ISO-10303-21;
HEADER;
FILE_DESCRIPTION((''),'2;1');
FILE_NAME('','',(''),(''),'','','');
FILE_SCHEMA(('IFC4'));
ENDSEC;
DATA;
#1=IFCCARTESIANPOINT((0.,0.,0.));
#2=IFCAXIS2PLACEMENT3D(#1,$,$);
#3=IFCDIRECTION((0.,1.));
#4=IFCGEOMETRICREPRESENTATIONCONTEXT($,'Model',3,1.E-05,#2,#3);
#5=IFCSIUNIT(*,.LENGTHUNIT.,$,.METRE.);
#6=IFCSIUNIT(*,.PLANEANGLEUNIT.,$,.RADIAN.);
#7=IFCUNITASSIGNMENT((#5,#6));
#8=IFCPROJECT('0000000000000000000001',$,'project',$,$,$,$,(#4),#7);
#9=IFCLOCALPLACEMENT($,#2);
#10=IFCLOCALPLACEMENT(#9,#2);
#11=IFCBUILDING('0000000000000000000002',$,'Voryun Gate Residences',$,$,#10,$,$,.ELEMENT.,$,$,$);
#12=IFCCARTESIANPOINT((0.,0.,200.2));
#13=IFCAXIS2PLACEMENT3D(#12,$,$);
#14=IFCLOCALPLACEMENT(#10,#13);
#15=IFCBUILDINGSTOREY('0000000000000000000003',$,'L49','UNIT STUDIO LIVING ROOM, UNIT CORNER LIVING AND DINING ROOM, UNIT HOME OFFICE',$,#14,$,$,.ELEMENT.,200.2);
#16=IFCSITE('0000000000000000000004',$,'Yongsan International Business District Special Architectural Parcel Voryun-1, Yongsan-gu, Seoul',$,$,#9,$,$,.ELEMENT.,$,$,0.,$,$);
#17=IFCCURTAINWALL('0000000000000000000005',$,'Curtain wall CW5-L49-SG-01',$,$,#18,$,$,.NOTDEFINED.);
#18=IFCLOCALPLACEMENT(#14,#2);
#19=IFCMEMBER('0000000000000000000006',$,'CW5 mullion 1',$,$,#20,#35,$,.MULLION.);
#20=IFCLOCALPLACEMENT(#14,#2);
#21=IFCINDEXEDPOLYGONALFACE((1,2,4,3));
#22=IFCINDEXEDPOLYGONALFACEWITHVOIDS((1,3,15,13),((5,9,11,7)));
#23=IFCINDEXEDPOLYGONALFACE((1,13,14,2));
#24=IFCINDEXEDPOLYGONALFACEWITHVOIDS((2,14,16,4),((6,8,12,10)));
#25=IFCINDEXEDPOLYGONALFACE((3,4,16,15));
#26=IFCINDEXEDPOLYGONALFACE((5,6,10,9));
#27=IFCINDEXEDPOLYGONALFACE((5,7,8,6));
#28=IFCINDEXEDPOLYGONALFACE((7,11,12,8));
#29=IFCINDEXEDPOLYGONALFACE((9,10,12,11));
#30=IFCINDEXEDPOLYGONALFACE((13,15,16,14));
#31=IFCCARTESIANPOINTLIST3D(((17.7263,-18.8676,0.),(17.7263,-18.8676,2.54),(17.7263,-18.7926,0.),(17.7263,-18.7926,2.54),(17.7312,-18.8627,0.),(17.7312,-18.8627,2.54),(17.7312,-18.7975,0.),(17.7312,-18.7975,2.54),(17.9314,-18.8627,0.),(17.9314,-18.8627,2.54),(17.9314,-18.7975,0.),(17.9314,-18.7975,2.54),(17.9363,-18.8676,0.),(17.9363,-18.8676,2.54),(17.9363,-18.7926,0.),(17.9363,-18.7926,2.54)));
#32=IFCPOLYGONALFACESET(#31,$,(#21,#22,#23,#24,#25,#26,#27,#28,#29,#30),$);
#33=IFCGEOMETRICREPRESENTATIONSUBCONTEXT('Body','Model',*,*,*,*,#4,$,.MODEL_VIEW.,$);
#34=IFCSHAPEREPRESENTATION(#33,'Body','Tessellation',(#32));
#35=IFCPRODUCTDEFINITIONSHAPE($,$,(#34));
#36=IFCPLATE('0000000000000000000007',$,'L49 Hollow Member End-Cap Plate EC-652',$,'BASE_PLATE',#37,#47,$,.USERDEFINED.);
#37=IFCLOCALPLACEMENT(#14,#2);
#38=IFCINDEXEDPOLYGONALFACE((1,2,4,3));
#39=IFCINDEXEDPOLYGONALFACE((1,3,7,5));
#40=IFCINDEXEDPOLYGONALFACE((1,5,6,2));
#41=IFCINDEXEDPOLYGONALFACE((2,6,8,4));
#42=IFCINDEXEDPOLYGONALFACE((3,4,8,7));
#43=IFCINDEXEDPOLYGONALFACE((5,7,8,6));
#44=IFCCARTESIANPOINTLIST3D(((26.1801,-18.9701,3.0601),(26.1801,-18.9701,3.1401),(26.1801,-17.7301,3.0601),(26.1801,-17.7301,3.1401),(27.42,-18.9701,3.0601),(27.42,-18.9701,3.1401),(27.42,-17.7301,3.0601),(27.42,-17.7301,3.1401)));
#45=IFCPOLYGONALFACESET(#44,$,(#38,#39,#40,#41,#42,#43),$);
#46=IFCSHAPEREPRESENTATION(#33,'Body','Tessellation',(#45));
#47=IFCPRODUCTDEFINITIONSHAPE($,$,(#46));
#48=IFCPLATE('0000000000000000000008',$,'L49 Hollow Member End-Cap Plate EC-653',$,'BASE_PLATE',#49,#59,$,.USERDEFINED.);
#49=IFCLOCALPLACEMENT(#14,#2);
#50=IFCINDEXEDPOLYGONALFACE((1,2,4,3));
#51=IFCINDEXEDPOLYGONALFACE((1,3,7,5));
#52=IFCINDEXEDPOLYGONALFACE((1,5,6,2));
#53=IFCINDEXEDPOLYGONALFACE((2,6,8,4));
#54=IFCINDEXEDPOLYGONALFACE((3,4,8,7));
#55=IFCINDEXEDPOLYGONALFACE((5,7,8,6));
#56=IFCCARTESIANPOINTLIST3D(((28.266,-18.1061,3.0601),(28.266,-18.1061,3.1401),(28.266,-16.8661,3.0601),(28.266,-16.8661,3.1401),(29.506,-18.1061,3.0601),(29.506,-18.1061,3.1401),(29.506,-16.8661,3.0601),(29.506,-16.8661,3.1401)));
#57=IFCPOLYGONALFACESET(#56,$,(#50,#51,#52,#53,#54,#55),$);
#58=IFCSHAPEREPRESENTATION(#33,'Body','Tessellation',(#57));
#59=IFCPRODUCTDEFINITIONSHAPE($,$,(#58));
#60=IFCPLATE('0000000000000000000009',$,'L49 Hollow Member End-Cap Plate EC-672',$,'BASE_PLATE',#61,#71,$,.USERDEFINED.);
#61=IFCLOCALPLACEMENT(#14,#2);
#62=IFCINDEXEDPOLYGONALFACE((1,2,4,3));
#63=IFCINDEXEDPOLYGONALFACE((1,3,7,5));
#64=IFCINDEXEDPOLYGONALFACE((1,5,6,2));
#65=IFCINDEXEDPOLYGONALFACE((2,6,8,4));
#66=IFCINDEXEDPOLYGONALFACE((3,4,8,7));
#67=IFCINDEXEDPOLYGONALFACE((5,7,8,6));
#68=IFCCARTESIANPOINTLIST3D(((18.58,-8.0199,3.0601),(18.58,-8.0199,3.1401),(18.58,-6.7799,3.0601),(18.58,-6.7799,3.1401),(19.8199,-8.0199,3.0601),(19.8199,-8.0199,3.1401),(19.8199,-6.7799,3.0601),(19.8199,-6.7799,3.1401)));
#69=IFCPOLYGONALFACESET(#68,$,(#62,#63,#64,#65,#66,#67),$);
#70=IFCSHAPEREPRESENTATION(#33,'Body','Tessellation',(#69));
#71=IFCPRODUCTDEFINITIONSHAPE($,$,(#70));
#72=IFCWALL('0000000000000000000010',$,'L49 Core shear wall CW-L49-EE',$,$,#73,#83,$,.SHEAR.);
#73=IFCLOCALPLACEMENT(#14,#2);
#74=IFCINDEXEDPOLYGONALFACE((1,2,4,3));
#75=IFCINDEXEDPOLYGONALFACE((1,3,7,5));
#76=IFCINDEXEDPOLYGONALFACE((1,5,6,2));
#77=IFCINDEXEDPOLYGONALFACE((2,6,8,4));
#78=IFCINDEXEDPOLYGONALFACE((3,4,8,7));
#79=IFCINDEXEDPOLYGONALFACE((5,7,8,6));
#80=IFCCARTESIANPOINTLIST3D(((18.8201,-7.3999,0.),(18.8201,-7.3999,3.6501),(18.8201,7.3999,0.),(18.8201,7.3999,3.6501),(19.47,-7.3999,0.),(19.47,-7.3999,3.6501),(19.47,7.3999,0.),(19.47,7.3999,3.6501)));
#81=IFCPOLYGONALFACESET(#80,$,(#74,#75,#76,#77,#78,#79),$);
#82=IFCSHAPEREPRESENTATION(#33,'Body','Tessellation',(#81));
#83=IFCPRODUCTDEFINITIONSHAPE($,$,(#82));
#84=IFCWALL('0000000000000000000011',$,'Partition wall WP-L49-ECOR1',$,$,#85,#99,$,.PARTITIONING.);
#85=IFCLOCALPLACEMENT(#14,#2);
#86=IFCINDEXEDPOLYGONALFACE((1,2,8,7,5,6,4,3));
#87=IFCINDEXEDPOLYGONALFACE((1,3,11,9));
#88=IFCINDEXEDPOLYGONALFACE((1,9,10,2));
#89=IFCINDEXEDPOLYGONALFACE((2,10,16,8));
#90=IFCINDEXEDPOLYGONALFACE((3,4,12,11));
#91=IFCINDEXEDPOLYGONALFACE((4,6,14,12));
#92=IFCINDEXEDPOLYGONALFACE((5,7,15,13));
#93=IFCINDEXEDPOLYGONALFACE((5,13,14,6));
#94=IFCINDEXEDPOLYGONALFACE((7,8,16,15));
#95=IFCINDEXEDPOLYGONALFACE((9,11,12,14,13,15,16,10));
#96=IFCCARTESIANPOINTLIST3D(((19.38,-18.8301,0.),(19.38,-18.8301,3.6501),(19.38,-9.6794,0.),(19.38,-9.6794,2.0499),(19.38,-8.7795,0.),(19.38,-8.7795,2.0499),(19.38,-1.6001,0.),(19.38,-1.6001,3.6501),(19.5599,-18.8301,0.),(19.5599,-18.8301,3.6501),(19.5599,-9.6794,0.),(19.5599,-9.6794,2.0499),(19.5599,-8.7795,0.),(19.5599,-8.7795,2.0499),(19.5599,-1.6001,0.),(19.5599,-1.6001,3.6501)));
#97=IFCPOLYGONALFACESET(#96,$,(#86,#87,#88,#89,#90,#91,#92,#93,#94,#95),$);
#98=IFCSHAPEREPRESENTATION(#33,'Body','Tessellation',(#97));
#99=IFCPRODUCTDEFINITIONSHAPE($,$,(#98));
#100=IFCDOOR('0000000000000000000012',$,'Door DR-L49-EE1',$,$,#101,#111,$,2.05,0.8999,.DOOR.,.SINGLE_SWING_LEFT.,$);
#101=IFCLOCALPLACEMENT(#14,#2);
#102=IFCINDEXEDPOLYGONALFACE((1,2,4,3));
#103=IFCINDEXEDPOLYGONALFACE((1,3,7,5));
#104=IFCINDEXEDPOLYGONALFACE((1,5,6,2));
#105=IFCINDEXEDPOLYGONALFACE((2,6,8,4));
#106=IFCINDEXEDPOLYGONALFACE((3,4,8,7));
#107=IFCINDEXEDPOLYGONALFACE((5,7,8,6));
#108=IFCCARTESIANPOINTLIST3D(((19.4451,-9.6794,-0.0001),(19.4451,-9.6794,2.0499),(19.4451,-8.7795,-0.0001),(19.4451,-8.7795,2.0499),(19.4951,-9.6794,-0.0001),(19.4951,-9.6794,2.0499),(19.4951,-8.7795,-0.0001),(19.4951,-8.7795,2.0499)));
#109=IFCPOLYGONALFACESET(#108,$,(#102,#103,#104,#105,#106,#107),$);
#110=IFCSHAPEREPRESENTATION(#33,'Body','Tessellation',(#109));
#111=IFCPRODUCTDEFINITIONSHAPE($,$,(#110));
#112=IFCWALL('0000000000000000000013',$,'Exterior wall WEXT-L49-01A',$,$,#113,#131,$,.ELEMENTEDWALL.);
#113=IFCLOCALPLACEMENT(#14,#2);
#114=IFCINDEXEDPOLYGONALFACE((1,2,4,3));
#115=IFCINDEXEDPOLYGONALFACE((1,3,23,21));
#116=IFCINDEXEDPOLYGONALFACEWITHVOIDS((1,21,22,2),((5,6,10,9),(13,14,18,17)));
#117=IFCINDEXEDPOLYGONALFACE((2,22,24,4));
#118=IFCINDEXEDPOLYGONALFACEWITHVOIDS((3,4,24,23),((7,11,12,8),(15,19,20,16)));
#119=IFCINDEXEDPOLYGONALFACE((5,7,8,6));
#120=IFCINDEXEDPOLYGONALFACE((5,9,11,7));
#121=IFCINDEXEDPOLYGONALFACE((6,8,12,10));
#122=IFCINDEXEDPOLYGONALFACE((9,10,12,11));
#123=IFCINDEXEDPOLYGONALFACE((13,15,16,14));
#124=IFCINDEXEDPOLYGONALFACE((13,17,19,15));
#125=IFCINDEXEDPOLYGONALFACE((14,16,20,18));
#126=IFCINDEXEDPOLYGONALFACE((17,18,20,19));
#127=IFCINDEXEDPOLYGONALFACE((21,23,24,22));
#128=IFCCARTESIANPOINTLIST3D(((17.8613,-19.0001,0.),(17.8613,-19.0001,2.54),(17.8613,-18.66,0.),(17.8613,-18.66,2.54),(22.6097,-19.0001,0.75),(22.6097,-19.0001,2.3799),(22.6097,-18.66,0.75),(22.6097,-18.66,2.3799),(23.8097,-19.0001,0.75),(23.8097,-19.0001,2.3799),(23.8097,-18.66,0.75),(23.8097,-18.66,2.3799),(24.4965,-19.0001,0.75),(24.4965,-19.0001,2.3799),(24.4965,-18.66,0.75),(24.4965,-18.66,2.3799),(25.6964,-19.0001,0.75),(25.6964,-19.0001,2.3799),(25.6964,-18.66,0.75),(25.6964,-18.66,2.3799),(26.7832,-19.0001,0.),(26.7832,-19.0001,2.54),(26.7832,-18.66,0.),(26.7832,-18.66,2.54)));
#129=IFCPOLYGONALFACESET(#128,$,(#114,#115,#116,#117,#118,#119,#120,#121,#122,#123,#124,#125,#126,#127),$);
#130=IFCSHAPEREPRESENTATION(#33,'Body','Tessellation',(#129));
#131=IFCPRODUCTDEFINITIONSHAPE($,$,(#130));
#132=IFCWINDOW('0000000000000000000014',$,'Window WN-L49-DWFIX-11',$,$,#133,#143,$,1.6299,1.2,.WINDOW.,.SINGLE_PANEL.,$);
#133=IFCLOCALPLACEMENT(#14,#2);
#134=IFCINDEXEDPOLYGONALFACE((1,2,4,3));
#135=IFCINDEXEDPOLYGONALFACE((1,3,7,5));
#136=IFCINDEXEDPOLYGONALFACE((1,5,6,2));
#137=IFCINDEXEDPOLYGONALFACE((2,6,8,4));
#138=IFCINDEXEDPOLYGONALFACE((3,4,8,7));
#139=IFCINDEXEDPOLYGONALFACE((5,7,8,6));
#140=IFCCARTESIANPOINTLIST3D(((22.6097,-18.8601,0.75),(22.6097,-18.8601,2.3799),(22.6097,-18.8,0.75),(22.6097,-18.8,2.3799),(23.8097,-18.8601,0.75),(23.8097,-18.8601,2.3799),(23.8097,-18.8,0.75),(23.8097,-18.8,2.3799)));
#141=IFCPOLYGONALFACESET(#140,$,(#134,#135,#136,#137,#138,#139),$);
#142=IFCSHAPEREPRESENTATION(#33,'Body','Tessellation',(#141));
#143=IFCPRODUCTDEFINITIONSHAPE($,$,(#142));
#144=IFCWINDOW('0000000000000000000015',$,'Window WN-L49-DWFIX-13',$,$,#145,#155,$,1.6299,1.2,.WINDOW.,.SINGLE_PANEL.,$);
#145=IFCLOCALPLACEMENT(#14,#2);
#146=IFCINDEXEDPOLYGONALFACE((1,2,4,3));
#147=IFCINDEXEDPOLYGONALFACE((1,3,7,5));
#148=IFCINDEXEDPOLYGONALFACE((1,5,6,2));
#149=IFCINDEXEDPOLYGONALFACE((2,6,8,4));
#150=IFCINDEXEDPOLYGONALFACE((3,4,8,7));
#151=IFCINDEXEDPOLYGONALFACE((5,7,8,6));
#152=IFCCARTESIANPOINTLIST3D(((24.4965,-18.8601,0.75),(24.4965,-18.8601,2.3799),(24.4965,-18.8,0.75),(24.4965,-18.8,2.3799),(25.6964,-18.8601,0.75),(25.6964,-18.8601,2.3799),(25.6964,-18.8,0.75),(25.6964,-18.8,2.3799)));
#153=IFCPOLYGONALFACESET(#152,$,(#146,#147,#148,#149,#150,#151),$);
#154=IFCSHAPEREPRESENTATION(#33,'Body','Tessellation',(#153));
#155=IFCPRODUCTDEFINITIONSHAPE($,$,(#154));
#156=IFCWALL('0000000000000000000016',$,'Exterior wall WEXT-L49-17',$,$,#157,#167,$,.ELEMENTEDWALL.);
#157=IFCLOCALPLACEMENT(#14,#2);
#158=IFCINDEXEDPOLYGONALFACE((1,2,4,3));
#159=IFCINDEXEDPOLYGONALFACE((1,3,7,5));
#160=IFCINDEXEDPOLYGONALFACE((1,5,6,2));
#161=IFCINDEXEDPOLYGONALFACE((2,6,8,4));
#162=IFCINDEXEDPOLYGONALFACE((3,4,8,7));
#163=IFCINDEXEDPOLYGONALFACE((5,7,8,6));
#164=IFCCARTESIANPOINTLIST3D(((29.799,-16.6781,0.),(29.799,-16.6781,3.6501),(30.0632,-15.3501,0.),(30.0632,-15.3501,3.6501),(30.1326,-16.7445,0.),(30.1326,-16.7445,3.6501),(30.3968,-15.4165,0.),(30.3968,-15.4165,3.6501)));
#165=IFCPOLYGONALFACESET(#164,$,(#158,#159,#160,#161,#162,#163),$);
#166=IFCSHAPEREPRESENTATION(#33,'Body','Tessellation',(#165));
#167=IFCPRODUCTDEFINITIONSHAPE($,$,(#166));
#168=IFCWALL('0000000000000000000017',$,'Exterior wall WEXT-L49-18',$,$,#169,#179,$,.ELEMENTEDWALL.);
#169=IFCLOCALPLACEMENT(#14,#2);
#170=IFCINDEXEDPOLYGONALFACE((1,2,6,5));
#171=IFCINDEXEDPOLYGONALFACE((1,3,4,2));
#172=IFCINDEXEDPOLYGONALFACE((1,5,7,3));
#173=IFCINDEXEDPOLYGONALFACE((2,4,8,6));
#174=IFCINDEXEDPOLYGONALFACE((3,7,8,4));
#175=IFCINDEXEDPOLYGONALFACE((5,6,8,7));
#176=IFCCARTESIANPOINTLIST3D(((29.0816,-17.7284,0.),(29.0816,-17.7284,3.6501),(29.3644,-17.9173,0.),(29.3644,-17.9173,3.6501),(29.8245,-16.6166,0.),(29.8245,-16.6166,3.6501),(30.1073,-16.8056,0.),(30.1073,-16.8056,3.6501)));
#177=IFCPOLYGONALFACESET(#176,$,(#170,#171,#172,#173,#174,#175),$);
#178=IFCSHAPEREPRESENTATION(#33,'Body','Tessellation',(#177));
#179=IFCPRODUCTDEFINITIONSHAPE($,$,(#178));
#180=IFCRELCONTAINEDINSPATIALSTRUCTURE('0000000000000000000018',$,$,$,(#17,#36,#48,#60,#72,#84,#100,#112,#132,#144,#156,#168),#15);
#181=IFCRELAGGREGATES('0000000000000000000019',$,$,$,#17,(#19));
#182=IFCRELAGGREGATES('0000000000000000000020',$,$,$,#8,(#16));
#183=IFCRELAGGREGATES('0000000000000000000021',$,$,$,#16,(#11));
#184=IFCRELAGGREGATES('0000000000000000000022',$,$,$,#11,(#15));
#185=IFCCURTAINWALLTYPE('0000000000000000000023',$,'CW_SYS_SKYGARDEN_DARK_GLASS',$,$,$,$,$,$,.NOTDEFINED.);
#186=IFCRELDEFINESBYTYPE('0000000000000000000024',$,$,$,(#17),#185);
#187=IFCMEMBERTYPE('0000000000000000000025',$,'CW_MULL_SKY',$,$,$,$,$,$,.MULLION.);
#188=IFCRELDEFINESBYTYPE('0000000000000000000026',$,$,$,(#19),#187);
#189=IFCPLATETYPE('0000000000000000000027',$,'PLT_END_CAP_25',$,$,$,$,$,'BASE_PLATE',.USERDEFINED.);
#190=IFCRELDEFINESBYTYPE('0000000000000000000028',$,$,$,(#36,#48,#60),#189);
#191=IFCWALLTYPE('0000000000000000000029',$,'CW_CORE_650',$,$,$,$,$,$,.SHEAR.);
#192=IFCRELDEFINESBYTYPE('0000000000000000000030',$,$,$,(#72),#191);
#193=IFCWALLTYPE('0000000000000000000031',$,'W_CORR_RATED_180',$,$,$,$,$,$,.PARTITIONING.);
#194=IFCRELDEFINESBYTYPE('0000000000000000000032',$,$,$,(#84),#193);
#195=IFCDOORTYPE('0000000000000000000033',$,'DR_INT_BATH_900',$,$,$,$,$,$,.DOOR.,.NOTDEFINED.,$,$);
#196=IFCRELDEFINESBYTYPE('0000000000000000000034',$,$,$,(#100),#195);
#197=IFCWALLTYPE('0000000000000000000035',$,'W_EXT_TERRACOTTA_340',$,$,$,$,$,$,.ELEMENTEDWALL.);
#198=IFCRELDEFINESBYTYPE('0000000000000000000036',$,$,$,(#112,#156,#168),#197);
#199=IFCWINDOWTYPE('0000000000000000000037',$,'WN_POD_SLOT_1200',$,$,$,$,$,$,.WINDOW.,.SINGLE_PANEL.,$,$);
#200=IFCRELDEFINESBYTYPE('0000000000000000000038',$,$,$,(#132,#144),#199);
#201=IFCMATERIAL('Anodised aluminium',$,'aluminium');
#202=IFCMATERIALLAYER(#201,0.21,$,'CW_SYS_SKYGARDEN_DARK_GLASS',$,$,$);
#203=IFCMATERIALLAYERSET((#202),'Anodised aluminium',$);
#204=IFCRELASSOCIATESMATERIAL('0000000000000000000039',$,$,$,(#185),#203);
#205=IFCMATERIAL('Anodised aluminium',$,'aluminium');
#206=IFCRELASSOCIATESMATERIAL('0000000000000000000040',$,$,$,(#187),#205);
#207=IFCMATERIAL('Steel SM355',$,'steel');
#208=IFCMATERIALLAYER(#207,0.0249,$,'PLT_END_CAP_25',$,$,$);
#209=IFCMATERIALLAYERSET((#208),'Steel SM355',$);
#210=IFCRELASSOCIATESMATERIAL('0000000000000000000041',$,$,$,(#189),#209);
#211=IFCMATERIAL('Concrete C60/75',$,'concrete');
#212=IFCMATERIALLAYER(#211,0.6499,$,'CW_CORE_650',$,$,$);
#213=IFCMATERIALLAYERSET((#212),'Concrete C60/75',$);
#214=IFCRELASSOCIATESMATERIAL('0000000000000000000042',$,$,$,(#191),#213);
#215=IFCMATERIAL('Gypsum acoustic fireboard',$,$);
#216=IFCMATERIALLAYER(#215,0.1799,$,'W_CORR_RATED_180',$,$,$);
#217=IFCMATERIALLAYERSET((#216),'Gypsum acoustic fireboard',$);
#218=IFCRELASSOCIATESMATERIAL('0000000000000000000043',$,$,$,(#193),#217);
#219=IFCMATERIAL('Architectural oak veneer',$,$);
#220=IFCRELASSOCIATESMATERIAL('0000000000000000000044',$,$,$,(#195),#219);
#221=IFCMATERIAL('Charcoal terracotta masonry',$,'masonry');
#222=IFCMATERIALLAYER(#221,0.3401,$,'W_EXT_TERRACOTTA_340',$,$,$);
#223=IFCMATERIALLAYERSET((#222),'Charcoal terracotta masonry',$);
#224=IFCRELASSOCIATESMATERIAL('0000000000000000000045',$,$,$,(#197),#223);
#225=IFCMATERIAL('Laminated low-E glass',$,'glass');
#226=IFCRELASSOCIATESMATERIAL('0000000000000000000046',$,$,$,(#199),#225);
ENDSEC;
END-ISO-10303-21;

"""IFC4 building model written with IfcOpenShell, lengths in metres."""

from ifc_helpers import new_model, si_unit, direction, frame, frame_2d, origin, origin_2d, place, context, subcontext, project, spatial, rectangle, hollow_rectangle, extrude, material, layer, layer_set, material_profile, profile_set, type_object, element, fill, aggregate, save


model = new_model("IFC4")

# Units and contexts
model_context = context("Model", 3, precision=1e-05, world=origin(), true_north=direction((0.0, 1.0)))
body_context = subcontext(model_context, "Body", "Model", "MODEL_VIEW")
ifc_project = project(units=[si_unit("LENGTHUNIT", "METRE"), si_unit("PLANEANGLEUNIT", "RADIAN")], contexts=[model_context])

# Site, building, storey
site_placement = place(None, origin())
site = spatial("IfcSite", under=ifc_project, at=site_placement, Name="Yongsan International Business District Special Architectural Parcel Voryun-1, Yongsan-gu, Seoul", CompositionType="ELEMENT", RefElevation=0.0)
building_placement = place(site_placement, origin())
building = spatial("IfcBuilding", under=site, at=building_placement, Name="Voryun Gate Residences", CompositionType="ELEMENT")
storey_placement = place(building_placement, frame((0.0, 0.0, 200.2)))
storey = spatial("IfcBuildingStorey", under=building, at=storey_placement, Name="L49", Description="UNIT STUDIO LIVING ROOM, UNIT CORNER LIVING AND DINING ROOM, UNIT HOME OFFICE", CompositionType="ELEMENT", Elevation=200.2)

# Curtain wall, member
ifc_material_1 = material(Name="Anodised aluminium", Category="aluminium")
ifc_layer_1 = layer(ifc_material_1, 0.21, Name="CW_SYS_SKYGARDEN_DARK_GLASS")
ifc_layer_set_1 = layer_set([ifc_layer_1], Name="Anodised aluminium")
curtain_wall_type = type_object("IfcCurtainWallType", Name="CW_SYS_SKYGARDEN_DARK_GLASS", PredefinedType="NOTDEFINED", material=ifc_layer_set_1)
curtain_wall_placement = place(storey_placement, origin())
curtain_wall = element("IfcCurtainWall", 1, at=curtain_wall_placement, inside=storey, type_object=curtain_wall_type, Name="Curtain wall CW5-L49-SG-01", PredefinedType="NOTDEFINED")
ifc_material_2 = material(Name="Anodised aluminium", Category="aluminium")
ifc_material_profile_1 = material_profile(ifc_material_2, hollow_rectangle(XDim=0.075, YDim=0.21, WallThickness=0.0049, at=origin_2d()), Name="ALU-MULL-210x75x5")
ifc_profile_set_1 = profile_set([ifc_material_profile_1], Name="Anodised aluminium")
member_type = type_object("IfcMemberType", Name="CW_MULL_SKY", PredefinedType="MULLION", material=ifc_profile_set_1)
member_placement = place(storey_placement, frame((17.8313, -18.8301, 0.0), z_axis=(0.0, 0.0, 1.0), x_axis=(0.0, -1.0, 0.0)))
member = element("IfcMember", 2, at=member_placement, type_object=member_type, Name="CW5 mullion 1", PredefinedType="MULLION", context=body_context, shape_type="SweptSolid", body=[
    extrude(hollow_rectangle(XDim=0.075, YDim=0.21, WallThickness=0.0049, at=origin_2d()), origin(), (0.0, 0.0, 1.0), 2.54),
])
aggregate(curtain_wall, [member])

# Plates
ifc_material_3 = material(Name="Steel SM355", Category="steel")
ifc_layer_2 = layer(ifc_material_3, 0.0249, Name="PLT_END_CAP_25")
ifc_layer_set_2 = layer_set([ifc_layer_2], Name="Steel SM355")
plate_type = type_object("IfcPlateType", Name="PLT_END_CAP_25", ElementType="BASE_PLATE", PredefinedType="USERDEFINED", material=ifc_layer_set_2)
for number, where, z_axis, x_axis, name in (
    (3, (26.8, -18.3501, 3.0601), (0.0, 0.0, 1.0), (1.0, 0.0, 0.0), "L49 Hollow Member End-Cap Plate EC-652"),
    (4, (28.886, -17.4861, 3.0601), (0.0, 0.0, 1.0), (1.0, 0.0, 0.0), "L49 Hollow Member End-Cap Plate EC-653"),
    (5, (19.2, -7.3999, 3.0601), (0.0, 0.0, 1.0), (1.0, 0.0, 0.0), "L49 Hollow Member End-Cap Plate EC-672"),
):
    element("IfcPlate", number, at=place(storey_placement, frame(where, z_axis=z_axis, x_axis=x_axis)), inside=storey, type_object=plate_type, Name=name, ObjectType="BASE_PLATE", PredefinedType="USERDEFINED", context=body_context, shape_type="SweptSolid", body=[
        extrude(rectangle(XDim=1.24, YDim=1.24, at=origin_2d()), origin(), (0.0, 0.0, 1.0), 0.0801),
    ])

# Wall
ifc_material_4 = material(Name="Concrete C60/75", Category="concrete")
ifc_layer_3 = layer(ifc_material_4, 0.6499, Name="CW_CORE_650")
ifc_layer_set_3 = layer_set([ifc_layer_3], Name="Concrete C60/75")
wall_type_1 = type_object("IfcWallType", Name="CW_CORE_650", PredefinedType="SHEAR", material=ifc_layer_set_3)
wall_1_placement = place(storey_placement, frame((19.145, -7.3999, 0.0), z_axis=(0.0, 0.0, 1.0), x_axis=(0.0, 1.0, 0.0)))
element("IfcWall", 6, at=wall_1_placement, inside=storey, type_object=wall_type_1, Name="L49 Core shear wall CW-L49-EE", PredefinedType="SHEAR", context=body_context, shape_type="SweptSolid", body=[
    extrude(rectangle(XDim=14.7998, YDim=0.6499, at=frame_2d((7.3999, 0.0))), origin(), (0.0, 0.0, 1.0), 3.6501),
])

# Wall, opening, door
ifc_material_5 = material(Name="Gypsum acoustic fireboard")
ifc_layer_4 = layer(ifc_material_5, 0.1799, Name="W_CORR_RATED_180")
ifc_layer_set_4 = layer_set([ifc_layer_4], Name="Gypsum acoustic fireboard")
wall_type_2 = type_object("IfcWallType", Name="W_CORR_RATED_180", PredefinedType="PARTITIONING", material=ifc_layer_set_4)
wall_2_placement = place(storey_placement, frame((19.47, -18.8301, 0.0), z_axis=(0.0, 0.0, 1.0), x_axis=(0.0, 1.0, 0.0)))
wall_2 = element("IfcWall", 7, at=wall_2_placement, inside=storey, type_object=wall_type_2, Name="Partition wall WP-L49-ECOR1", PredefinedType="PARTITIONING", context=body_context, shape_type="SweptSolid", body=[
    extrude(rectangle(XDim=17.23, YDim=0.1799, at=frame_2d((8.615, 0.0))), origin(), (0.0, 0.0, 1.0), 3.6501),
])
opening_1_placement = place(wall_2_placement, frame((9.1506, 0.0, 0.0)))
opening_1 = element("IfcOpeningElement", 8, at=opening_1_placement, cuts=wall_2, PredefinedType="OPENING", context=body_context, shape_type="SweptSolid", body=[
    extrude(rectangle(XDim=0.8999, YDim=2.05, at=frame_2d((0.45, 1.0249))), frame((0.0, 0.0999, 0.0), z_axis=(0.0, -1.0, 0.0), x_axis=(1.0, 0.0, 0.0)), (0.0, 0.0, 1.0), 0.2),
])
ifc_material_6 = material(Name="Architectural oak veneer")
door_type_1 = type_object("IfcDoorType", Name="DR_INT_BATH_900", OperationType="NOTDEFINED", PredefinedType="DOOR", material=ifc_material_6)
door_1_placement = place(opening_1_placement, origin())
door_1 = element("IfcDoor", 9, at=door_1_placement, inside=storey, type_object=door_type_1, Name="Door DR-L49-EE1", OperationType="SINGLE_SWING_LEFT", OverallHeight=2.05, OverallWidth=0.8999, PredefinedType="DOOR", context=body_context, shape_type="SweptSolid", body=[
    extrude(rectangle(XDim=0.8999, YDim=2.05, at=frame_2d((0.45, 1.0249))), frame((0.0, 0.0249, 0.0), z_axis=(0.0, -1.0, 0.0), x_axis=(1.0, 0.0, 0.0)), (0.0, 0.0, 1.0), 0.05),
])
fill(opening_1, door_1)

# Wall, openings, windows
ifc_material_7 = material(Name="Charcoal terracotta masonry", Category="masonry")
ifc_layer_5 = layer(ifc_material_7, 0.3401, Name="W_EXT_TERRACOTTA_340")
ifc_layer_set_5 = layer_set([ifc_layer_5], Name="Charcoal terracotta masonry")
wall_type_3 = type_object("IfcWallType", Name="W_EXT_TERRACOTTA_340", PredefinedType="ELEMENTEDWALL", material=ifc_layer_set_5)
wall_3_placement = place(storey_placement, frame((26.7832, -18.8301, 0.0), z_axis=(0.0, 0.0, 1.0), x_axis=(-1.0, 0.0, 0.0)))
wall_3 = element("IfcWall", 10, at=wall_3_placement, inside=storey, type_object=wall_type_3, Name="Exterior wall WEXT-L49-01A", PredefinedType="ELEMENTEDWALL", context=body_context, shape_type="SweptSolid", body=[
    extrude(rectangle(XDim=8.9219, YDim=0.3401, at=frame_2d((4.4609, 0.0))), origin(), (0.0, 0.0, 1.0), 2.54),
])
opening_2_placement = place(wall_3_placement, frame((2.9734, 0.0, 0.75)))
opening_2 = element("IfcOpeningElement", 11, at=opening_2_placement, cuts=wall_3, PredefinedType="OPENING", context=body_context, shape_type="SweptSolid", body=[
    extrude(rectangle(XDim=1.2, YDim=1.6299, at=frame_2d((0.6001, 0.8149))), frame((0.0, 0.1799, 0.0), z_axis=(0.0, -1.0, 0.0), x_axis=(1.0, 0.0, 0.0)), (0.0, 0.0, 1.0), 0.3601),
])
opening_3_placement = place(wall_3_placement, frame((1.0867, 0.0, 0.75)))
opening_3 = element("IfcOpeningElement", 12, at=opening_3_placement, cuts=wall_3, PredefinedType="OPENING", context=body_context, shape_type="SweptSolid", body=[
    extrude(rectangle(XDim=1.2, YDim=1.6299, at=frame_2d((0.6001, 0.8149))), frame((0.0, 0.1799, 0.0), z_axis=(0.0, -1.0, 0.0), x_axis=(1.0, 0.0, 0.0)), (0.0, 0.0, 1.0), 0.3601),
])
ifc_material_8 = material(Name="Laminated low-E glass", Category="glass")
window_type = type_object("IfcWindowType", Name="WN_POD_SLOT_1200", PartitioningType="SINGLE_PANEL", PredefinedType="WINDOW", material=ifc_material_8)
window_1_placement = place(opening_2_placement, origin())
window_1 = element("IfcWindow", 13, at=window_1_placement, inside=storey, type_object=window_type, Name="Window WN-L49-DWFIX-11", OverallHeight=1.6299, OverallWidth=1.2, PartitioningType="SINGLE_PANEL", PredefinedType="WINDOW", context=body_context, shape_type="SweptSolid", body=[
    extrude(rectangle(XDim=1.2, YDim=1.6299, at=frame_2d((0.6001, 0.8149))), frame((0.0, 0.03, 0.0), z_axis=(0.0, -1.0, 0.0), x_axis=(1.0, 0.0, 0.0)), (0.0, 0.0, 1.0), 0.0601),
])
fill(opening_2, window_1)
window_2_placement = place(opening_3_placement, origin())
window_2 = element("IfcWindow", 14, at=window_2_placement, inside=storey, type_object=window_type, Name="Window WN-L49-DWFIX-13", OverallHeight=1.6299, OverallWidth=1.2, PartitioningType="SINGLE_PANEL", PredefinedType="WINDOW", context=body_context, shape_type="SweptSolid", body=[
    extrude(rectangle(XDim=1.2, YDim=1.6299, at=frame_2d((0.6001, 0.8149))), frame((0.0, 0.03, 0.0), z_axis=(0.0, -1.0, 0.0), x_axis=(1.0, 0.0, 0.0)), (0.0, 0.0, 1.0), 0.0601),
])
fill(opening_3, window_2)

# Walls
wall_4_placement = place(storey_placement, frame((30.23, -15.3833, 0.0), z_axis=(0.0, 0.0, 1.0), x_axis=(-0.19511, -0.980781, 0.0)))
element("IfcWall", 15, at=wall_4_placement, inside=storey, type_object=wall_type_3, Name="Exterior wall WEXT-L49-17", PredefinedType="ELEMENTEDWALL", context=body_context, shape_type="SweptSolid", body=[
    extrude(rectangle(XDim=1.354, YDim=0.3401, at=frame_2d((0.677, 0.0))), origin(), (0.0, 0.0, 1.0), 3.6501),
])
wall_5_placement = place(storey_placement, frame((29.9658, -16.7112, 0.0), z_axis=(0.0, 0.0, 1.0), x_axis=(-0.555585, -0.83146, 0.0)))
element("IfcWall", 16, at=wall_5_placement, inside=storey, type_object=wall_type_3, Name="Exterior wall WEXT-L49-18", PredefinedType="ELEMENTEDWALL", context=body_context, shape_type="SweptSolid", body=[
    extrude(rectangle(XDim=1.3372, YDim=0.3401, at=frame_2d((0.6685, 0.0))), origin(), (0.0, 0.0, 1.0), 3.6501),
])

save(model, "model.ifc")
